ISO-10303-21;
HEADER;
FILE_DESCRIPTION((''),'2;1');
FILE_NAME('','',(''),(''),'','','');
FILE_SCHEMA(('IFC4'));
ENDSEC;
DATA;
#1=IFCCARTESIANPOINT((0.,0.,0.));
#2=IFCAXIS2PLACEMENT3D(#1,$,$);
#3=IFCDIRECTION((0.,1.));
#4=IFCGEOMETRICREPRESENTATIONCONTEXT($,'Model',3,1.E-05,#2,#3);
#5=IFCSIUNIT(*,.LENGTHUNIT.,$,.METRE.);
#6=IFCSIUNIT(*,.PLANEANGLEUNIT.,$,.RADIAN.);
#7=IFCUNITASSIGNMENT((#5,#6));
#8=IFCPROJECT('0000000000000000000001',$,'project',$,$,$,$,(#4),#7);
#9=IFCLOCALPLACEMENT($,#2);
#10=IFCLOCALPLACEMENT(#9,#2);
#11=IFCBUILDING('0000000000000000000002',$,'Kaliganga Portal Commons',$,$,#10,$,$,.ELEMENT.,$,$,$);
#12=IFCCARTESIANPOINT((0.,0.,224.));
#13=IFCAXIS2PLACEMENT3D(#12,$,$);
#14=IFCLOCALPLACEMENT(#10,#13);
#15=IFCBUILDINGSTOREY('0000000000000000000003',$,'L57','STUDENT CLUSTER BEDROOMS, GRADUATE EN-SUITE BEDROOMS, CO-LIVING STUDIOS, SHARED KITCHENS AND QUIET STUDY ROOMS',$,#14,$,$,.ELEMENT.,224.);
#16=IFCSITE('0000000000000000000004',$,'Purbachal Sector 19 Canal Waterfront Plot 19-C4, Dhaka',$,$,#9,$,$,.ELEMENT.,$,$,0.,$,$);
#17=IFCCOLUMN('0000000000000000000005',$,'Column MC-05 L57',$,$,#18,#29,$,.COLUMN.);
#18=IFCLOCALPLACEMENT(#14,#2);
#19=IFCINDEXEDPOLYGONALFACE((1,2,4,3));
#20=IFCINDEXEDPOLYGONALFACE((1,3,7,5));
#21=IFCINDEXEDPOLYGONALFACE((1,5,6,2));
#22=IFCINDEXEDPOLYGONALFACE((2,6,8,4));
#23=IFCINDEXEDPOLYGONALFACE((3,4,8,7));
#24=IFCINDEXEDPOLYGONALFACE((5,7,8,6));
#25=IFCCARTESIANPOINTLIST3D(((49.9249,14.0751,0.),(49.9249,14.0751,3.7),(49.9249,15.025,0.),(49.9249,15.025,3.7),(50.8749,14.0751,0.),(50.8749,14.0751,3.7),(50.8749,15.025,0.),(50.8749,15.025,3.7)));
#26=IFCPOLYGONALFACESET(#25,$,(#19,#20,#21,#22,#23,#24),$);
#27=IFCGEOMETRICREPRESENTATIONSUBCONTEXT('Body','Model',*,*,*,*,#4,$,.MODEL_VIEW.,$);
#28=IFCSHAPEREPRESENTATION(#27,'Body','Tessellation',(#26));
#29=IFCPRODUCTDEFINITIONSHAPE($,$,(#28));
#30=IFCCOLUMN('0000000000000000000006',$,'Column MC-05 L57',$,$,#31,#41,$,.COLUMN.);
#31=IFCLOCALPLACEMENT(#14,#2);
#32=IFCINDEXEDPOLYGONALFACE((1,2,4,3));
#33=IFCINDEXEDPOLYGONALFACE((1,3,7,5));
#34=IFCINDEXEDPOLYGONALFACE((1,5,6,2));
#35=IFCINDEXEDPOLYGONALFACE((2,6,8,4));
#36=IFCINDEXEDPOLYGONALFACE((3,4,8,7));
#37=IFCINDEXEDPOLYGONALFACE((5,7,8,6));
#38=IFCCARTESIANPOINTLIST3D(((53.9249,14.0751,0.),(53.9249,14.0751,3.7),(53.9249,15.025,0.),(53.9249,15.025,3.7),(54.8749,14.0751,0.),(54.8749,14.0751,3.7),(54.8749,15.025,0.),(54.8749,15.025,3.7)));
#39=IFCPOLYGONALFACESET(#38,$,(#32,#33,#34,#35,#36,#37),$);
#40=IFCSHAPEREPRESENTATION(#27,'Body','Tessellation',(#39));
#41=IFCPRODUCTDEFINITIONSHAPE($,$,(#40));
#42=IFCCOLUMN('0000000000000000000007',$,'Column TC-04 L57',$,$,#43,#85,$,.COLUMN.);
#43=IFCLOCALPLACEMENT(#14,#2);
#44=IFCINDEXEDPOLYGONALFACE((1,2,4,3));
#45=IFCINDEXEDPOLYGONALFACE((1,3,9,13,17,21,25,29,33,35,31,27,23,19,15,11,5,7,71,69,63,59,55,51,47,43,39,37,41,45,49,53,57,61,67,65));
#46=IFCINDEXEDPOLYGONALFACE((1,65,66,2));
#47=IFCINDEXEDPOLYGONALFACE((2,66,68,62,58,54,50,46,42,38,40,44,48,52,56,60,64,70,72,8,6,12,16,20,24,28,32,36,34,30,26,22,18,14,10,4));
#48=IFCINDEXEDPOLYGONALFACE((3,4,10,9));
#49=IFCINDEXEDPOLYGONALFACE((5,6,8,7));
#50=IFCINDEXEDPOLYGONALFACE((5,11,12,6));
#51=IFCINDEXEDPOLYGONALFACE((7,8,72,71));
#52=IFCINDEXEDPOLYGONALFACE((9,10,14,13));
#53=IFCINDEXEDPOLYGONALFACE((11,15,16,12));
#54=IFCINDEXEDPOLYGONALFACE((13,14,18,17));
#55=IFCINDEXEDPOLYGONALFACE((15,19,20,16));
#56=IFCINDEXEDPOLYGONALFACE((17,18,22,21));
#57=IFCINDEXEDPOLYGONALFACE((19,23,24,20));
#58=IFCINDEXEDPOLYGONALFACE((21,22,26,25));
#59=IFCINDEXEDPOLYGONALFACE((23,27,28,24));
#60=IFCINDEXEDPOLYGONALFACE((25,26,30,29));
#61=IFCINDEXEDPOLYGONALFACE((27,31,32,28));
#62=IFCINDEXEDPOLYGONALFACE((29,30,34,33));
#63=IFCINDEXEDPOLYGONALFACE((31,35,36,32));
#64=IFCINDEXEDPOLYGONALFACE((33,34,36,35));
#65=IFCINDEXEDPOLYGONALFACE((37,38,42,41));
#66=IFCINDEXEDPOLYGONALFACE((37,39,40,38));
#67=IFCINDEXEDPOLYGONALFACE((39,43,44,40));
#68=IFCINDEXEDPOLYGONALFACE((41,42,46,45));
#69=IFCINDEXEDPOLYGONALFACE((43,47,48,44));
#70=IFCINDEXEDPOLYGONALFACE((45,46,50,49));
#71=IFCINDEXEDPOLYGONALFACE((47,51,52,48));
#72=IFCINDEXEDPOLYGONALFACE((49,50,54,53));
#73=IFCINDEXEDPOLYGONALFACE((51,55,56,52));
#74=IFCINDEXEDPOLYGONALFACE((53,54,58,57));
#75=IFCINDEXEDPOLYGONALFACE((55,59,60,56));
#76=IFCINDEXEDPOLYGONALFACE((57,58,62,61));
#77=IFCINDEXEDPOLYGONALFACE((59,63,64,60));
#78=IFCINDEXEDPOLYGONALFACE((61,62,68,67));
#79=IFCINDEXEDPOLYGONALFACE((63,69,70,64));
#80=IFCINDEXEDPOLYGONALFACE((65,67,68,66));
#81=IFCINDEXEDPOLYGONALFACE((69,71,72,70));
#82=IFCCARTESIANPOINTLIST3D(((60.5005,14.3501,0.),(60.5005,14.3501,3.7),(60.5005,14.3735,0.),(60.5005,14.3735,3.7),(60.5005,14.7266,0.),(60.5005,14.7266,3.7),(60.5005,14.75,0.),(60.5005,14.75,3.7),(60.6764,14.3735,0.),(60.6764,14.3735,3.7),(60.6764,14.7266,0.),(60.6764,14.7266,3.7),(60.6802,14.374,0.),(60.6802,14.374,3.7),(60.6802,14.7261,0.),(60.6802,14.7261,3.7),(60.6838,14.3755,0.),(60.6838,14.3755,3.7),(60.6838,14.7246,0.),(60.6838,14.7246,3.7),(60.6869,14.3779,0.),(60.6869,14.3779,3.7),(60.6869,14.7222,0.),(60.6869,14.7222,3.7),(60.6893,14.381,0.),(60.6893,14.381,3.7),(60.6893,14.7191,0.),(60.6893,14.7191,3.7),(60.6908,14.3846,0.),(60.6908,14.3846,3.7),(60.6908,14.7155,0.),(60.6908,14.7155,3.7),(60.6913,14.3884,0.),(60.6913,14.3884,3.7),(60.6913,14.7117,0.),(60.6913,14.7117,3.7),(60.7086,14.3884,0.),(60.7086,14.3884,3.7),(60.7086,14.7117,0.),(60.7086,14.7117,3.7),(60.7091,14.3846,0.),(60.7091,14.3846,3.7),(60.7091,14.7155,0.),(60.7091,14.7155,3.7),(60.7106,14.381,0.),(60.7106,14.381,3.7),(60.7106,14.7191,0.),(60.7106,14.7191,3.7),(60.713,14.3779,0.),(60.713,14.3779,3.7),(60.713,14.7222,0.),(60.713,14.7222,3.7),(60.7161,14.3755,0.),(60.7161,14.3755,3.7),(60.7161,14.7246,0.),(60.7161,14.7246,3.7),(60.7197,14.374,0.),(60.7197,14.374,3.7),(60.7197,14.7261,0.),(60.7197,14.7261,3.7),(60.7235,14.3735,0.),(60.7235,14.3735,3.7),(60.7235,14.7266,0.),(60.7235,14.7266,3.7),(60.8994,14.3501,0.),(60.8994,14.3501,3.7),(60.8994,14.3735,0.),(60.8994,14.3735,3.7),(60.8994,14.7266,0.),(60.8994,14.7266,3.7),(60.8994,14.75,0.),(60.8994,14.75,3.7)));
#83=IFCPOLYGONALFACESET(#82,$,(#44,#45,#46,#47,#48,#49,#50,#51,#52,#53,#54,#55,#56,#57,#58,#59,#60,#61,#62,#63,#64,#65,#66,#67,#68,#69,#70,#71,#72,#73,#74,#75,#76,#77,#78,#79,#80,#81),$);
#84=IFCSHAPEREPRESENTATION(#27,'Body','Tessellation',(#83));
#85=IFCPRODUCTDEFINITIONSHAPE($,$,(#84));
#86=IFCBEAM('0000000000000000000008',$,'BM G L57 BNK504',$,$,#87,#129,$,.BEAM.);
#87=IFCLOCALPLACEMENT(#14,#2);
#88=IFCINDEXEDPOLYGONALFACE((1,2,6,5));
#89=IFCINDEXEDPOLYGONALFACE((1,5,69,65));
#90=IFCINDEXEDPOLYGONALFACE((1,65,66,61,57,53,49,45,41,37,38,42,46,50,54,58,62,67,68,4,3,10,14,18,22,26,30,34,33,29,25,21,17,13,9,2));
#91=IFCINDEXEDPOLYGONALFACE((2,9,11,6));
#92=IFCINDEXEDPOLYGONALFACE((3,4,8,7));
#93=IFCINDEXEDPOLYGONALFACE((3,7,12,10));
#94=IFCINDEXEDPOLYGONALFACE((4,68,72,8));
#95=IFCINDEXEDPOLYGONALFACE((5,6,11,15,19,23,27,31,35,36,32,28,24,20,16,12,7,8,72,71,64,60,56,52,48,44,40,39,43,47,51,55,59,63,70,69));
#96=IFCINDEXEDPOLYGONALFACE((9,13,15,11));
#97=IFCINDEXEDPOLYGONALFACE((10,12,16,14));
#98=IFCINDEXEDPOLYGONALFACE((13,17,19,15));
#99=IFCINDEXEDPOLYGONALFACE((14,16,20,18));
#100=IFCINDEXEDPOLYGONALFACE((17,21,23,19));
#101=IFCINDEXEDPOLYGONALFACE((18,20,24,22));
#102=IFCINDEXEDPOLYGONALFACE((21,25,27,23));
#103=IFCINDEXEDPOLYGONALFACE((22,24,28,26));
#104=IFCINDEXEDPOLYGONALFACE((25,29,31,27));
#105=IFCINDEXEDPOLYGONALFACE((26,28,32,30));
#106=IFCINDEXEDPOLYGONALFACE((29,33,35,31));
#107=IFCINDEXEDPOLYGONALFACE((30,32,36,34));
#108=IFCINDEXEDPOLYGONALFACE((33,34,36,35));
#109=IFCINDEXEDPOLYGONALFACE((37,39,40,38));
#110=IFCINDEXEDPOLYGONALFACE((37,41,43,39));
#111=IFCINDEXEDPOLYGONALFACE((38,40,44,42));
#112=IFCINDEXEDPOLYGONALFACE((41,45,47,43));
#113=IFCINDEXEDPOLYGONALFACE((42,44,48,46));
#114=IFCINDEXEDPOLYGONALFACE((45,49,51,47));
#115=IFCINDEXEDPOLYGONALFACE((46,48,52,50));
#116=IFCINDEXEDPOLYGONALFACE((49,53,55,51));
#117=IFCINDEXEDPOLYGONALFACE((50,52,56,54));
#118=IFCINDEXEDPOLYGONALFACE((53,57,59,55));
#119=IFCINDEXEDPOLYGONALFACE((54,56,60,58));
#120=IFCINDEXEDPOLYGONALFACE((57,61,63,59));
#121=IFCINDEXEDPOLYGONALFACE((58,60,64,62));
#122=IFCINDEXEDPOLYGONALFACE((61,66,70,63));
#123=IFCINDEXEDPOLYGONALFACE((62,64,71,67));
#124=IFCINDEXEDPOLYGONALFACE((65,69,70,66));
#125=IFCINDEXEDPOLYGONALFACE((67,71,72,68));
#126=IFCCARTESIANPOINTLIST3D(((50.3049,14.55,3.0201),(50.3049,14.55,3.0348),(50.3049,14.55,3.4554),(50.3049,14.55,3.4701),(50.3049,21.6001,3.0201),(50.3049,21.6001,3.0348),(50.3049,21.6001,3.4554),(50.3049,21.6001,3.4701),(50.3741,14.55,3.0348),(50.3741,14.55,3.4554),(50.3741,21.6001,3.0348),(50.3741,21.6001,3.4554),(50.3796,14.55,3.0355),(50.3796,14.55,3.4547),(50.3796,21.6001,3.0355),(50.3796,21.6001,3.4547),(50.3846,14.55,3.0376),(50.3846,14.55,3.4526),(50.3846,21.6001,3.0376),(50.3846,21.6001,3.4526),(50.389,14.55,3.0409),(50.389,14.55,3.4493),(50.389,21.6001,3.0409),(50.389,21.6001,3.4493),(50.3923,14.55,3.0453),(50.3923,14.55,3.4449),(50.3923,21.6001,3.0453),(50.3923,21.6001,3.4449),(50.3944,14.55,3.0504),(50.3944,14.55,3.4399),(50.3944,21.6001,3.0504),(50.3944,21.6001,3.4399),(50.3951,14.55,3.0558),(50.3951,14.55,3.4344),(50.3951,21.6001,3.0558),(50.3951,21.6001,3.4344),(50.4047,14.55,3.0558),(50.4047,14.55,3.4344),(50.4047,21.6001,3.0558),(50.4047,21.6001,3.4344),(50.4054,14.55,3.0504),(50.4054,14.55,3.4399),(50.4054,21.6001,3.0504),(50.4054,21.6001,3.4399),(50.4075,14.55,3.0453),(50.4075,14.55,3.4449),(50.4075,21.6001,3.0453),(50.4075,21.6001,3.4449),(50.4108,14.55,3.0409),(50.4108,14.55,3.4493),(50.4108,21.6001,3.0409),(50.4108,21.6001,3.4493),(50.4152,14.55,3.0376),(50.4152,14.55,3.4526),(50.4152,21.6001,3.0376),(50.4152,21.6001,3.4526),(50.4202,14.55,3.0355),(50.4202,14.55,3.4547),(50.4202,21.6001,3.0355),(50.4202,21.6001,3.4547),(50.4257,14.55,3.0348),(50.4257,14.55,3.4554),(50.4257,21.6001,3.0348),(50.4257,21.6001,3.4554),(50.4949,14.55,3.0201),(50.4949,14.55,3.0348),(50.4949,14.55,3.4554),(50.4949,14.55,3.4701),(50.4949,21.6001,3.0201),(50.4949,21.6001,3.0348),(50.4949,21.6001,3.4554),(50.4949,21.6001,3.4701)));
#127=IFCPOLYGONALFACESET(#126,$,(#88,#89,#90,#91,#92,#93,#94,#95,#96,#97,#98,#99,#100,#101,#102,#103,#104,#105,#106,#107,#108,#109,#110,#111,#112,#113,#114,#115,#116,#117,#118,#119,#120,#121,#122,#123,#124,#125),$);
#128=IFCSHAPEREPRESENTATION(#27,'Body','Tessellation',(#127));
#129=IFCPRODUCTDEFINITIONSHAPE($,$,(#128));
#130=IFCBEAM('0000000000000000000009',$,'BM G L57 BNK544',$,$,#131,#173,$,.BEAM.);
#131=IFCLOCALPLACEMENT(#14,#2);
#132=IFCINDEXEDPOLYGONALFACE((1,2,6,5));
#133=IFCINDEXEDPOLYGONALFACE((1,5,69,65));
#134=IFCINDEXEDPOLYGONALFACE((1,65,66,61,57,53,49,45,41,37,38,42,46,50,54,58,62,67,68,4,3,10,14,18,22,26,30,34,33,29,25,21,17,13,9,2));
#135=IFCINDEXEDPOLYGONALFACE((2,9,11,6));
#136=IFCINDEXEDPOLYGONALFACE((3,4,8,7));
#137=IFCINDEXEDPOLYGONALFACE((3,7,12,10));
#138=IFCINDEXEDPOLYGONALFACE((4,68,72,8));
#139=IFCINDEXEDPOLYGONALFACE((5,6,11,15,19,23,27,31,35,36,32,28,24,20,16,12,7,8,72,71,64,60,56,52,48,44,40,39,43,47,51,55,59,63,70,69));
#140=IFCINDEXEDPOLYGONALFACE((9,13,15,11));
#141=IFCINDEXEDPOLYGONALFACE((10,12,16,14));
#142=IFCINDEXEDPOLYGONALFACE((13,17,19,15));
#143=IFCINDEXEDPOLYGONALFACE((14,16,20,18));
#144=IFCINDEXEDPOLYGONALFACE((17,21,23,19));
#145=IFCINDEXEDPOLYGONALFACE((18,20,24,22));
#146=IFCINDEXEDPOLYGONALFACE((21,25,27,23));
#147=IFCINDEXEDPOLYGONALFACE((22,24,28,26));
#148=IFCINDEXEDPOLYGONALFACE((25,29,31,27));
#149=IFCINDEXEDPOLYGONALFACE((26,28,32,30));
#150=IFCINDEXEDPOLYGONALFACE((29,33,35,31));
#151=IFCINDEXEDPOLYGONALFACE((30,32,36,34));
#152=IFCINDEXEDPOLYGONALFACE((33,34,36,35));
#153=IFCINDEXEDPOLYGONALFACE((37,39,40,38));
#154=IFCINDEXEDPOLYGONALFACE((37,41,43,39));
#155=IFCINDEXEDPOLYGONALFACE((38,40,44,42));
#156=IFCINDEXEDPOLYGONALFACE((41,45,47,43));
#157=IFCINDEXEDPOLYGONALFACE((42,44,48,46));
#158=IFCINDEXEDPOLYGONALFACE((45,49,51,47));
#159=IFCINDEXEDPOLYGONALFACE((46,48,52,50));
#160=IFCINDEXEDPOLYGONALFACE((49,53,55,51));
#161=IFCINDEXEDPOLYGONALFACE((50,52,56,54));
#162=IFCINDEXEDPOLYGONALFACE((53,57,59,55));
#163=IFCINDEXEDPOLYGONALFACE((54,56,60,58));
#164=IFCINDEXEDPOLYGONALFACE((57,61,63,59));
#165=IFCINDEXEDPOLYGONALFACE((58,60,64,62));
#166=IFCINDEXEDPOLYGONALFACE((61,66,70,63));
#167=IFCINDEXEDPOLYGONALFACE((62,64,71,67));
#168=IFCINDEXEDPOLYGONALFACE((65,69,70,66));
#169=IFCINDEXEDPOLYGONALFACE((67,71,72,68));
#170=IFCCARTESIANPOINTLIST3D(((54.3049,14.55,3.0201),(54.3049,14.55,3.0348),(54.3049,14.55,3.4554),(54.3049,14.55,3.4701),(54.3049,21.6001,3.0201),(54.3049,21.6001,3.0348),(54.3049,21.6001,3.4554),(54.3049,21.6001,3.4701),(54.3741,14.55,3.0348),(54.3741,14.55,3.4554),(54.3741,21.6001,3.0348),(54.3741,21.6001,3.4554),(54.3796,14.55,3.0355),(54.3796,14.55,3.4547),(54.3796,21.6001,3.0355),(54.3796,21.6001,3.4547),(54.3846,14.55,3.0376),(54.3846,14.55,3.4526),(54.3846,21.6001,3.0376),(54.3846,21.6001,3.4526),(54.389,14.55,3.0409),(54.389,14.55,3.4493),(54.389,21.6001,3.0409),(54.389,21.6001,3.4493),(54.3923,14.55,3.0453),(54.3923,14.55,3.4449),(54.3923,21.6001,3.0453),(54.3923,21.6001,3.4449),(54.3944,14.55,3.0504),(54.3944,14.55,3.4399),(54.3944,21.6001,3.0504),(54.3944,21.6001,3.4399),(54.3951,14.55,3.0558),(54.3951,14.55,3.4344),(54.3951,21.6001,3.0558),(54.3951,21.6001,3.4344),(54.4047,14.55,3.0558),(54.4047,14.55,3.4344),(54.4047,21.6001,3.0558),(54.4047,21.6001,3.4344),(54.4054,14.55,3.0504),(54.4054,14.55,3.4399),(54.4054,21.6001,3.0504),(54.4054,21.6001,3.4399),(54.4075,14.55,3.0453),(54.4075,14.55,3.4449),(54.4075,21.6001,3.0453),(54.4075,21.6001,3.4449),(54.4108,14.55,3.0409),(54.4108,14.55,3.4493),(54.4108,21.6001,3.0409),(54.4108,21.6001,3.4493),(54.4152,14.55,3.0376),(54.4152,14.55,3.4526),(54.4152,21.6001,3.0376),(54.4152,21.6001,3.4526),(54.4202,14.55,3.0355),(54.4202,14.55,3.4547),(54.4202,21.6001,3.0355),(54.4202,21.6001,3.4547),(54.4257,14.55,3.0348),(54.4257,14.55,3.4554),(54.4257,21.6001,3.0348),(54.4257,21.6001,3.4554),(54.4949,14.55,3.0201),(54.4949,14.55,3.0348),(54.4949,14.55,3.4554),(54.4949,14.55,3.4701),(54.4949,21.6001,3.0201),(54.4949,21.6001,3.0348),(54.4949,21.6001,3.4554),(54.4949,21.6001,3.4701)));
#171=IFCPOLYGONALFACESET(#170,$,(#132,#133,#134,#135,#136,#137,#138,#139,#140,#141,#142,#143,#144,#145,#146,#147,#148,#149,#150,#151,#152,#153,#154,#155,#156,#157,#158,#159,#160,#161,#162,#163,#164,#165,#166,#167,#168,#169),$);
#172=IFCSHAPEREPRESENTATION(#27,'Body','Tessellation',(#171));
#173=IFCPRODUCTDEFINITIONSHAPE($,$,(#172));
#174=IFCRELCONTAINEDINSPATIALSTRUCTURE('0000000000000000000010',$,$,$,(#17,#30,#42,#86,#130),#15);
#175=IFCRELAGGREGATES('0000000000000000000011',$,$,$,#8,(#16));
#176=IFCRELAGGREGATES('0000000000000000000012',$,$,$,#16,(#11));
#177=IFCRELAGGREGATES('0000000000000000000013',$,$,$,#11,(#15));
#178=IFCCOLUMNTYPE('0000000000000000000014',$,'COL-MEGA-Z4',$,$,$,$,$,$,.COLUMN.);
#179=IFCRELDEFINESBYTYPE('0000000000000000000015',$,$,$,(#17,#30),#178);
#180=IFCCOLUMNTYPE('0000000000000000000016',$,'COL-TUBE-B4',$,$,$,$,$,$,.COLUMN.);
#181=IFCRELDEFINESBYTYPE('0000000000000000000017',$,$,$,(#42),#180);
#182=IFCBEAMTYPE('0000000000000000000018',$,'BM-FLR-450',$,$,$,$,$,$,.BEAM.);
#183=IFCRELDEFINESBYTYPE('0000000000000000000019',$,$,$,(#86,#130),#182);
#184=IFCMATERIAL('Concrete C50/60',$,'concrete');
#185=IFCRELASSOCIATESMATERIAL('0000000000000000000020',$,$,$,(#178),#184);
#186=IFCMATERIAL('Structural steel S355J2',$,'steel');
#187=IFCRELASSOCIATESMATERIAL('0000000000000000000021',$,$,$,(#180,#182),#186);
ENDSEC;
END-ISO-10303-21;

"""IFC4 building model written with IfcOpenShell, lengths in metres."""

from ifc_helpers import new_model, si_unit, direction, frame, origin, origin_2d, place, context, subcontext, project, spatial, rectangle, i_section, extrude, source, transform, mapped, material, material_profile, profile_set, type_object, element, save


model = new_model("IFC4")

# Units and contexts
model_context = context("Model", 3, precision=1e-05, world=origin(), true_north=direction((0.0, 1.0)))
body_context = subcontext(model_context, "Body", "Model", "MODEL_VIEW")
ifc_project = project(units=[si_unit("LENGTHUNIT", "METRE"), si_unit("PLANEANGLEUNIT", "RADIAN")], contexts=[model_context])

# Site, building, storey
site_placement = place(None, origin())
site = spatial("IfcSite", under=ifc_project, at=site_placement, Name="Purbachal Sector 19 Canal Waterfront Plot 19-C4, Dhaka", CompositionType="ELEMENT", RefElevation=0.0)
building_placement = place(site_placement, origin())
building = spatial("IfcBuilding", under=site, at=building_placement, Name="Kaliganga Portal Commons", CompositionType="ELEMENT")
storey_placement = place(building_placement, frame((0.0, 0.0, 224.0)))
storey = spatial("IfcBuildingStorey", under=building, at=storey_placement, Name="L57", Description="STUDENT CLUSTER BEDROOMS, GRADUATE EN-SUITE BEDROOMS, CO-LIVING STUDIOS, SHARED KITCHENS AND QUIET STUDY ROOMS", CompositionType="ELEMENT", Elevation=224.0)

# Columns
ifc_material_1 = material(Name="Concrete C50/60", Category="concrete")
ifc_material_profile_1 = material_profile(ifc_material_1, rectangle(XDim=0.95, YDim=0.95, at=origin_2d()), Name="RC 950x950")
ifc_profile_set_1 = profile_set([ifc_material_profile_1], Name="Concrete C50/60")
column_type_1 = type_object("IfcColumnType", Name="COL-MEGA-Z4", PredefinedType="COLUMN", material=ifc_profile_set_1)
shared_shape_1 = source(origin(), body_context, "Body", "SweptSolid", [
    extrude(rectangle(XDim=0.95, YDim=0.95, at=origin_2d()), origin(), (0.0, 0.0, 1.0), 3.7),
])
for number, where, z_axis, x_axis, name in (
    (1, (50.3999, 14.55, 0.0), (0.0, 0.0, 1.0), (1.0, 0.0, 0.0), "Column MC-05 L57"),
    (2, (54.3999, 14.55, 0.0), (0.0, 0.0, 1.0), (1.0, 0.0, 0.0), "Column MC-05 L57"),
):
    element("IfcColumn", number, at=place(storey_placement, frame(where, z_axis=z_axis, x_axis=x_axis)), inside=storey, type_object=column_type_1, Name=name, PredefinedType="COLUMN", context=body_context, shape_type="MappedRepresentation", body=[
        mapped(shared_shape_1, transform((0.0, 0.0, 0.0), x_axis=(1.0, 0.0, 0.0), y_axis=(0.0, 1.0, 0.0), z_axis=(0.0, 0.0, 1.0), scale=1.0)),
    ])
ifc_material_2 = material(Name="Structural steel S355J2", Category="steel")
ifc_material_profile_2 = material_profile(ifc_material_2, i_section(OverallWidth=0.3989, OverallDepth=0.3999, WebThickness=0.0173, FlangeThickness=0.0234, FilletRadius=0.0149, at=origin_2d()), Name="HD 400x287")
ifc_profile_set_2 = profile_set([ifc_material_profile_2], Name="Structural steel S355J2 wide-flange")
column_type_2 = type_object("IfcColumnType", Name="COL-TUBE-B4", PredefinedType="COLUMN", material=ifc_profile_set_2)
shared_shape_2 = source(origin(), body_context, "Body", "SweptSolid", [
    extrude(i_section(OverallWidth=0.3989, OverallDepth=0.3999, WebThickness=0.0173, FlangeThickness=0.0234, FilletRadius=0.0149, at=origin_2d()), origin(), (0.0, 0.0, 1.0), 3.7),
])
column_placement = place(storey_placement, frame((60.7, 14.55, 0.0), z_axis=(0.0, 0.0, 1.0), x_axis=(1.0, 0.0, 0.0)))
element("IfcColumn", 3, at=column_placement, inside=storey, type_object=column_type_2, Name="Column TC-04 L57", PredefinedType="COLUMN", context=body_context, shape_type="MappedRepresentation", body=[
    mapped(shared_shape_2, transform((0.0, 0.0, 0.0), x_axis=(1.0, 0.0, 0.0), y_axis=(0.0, 1.0, 0.0), z_axis=(0.0, 0.0, 1.0), scale=1.0)),
])

# Beams
ifc_material_profile_3 = material_profile(ifc_material_2, i_section(OverallWidth=0.1899, OverallDepth=0.45, WebThickness=0.0095, FlangeThickness=0.0146, FilletRadius=0.021, at=origin_2d()), Name="IPE 450")
ifc_profile_set_3 = profile_set([ifc_material_profile_3], Name="Structural steel S355J2 wide-flange")
beam_type_1 = type_object("IfcBeamType", Name="BM-FLR-450", PredefinedType="BEAM", material=ifc_profile_set_3)
shared_shape_3 = source(origin(), body_context, "Body", "SweptSolid", [
    extrude(i_section(OverallWidth=0.1899, OverallDepth=0.45, WebThickness=0.0095, FlangeThickness=0.0146, FilletRadius=0.021, at=origin_2d()), origin(), (0.0, 0.0, 1.0), 7.05),
])
for number, where, z_axis, x_axis, name in (
    (4, (50.3999, 14.55, 3.2451), (0.0, 1.0, 0.0), (-1.0, 0.0, 0.0), "BM G L57 BNK504"),
    (5, (54.3999, 14.55, 3.2451), (0.0, 1.0, 0.0), (-1.0, 0.0, 0.0), "BM G L57 BNK544"),
):
    element("IfcBeam", number, at=place(storey_placement, frame(where, z_axis=z_axis, x_axis=x_axis)), inside=storey, type_object=beam_type_1, Name=name, PredefinedType="BEAM", context=body_context, shape_type="MappedRepresentation", body=[
        mapped(shared_shape_3, transform((0.0, 0.0, 0.0), x_axis=(1.0, 0.0, 0.0), y_axis=(0.0, 1.0, 0.0), z_axis=(0.0, 0.0, 1.0), scale=1.0)),
    ])

save(model, "model.ifc")
